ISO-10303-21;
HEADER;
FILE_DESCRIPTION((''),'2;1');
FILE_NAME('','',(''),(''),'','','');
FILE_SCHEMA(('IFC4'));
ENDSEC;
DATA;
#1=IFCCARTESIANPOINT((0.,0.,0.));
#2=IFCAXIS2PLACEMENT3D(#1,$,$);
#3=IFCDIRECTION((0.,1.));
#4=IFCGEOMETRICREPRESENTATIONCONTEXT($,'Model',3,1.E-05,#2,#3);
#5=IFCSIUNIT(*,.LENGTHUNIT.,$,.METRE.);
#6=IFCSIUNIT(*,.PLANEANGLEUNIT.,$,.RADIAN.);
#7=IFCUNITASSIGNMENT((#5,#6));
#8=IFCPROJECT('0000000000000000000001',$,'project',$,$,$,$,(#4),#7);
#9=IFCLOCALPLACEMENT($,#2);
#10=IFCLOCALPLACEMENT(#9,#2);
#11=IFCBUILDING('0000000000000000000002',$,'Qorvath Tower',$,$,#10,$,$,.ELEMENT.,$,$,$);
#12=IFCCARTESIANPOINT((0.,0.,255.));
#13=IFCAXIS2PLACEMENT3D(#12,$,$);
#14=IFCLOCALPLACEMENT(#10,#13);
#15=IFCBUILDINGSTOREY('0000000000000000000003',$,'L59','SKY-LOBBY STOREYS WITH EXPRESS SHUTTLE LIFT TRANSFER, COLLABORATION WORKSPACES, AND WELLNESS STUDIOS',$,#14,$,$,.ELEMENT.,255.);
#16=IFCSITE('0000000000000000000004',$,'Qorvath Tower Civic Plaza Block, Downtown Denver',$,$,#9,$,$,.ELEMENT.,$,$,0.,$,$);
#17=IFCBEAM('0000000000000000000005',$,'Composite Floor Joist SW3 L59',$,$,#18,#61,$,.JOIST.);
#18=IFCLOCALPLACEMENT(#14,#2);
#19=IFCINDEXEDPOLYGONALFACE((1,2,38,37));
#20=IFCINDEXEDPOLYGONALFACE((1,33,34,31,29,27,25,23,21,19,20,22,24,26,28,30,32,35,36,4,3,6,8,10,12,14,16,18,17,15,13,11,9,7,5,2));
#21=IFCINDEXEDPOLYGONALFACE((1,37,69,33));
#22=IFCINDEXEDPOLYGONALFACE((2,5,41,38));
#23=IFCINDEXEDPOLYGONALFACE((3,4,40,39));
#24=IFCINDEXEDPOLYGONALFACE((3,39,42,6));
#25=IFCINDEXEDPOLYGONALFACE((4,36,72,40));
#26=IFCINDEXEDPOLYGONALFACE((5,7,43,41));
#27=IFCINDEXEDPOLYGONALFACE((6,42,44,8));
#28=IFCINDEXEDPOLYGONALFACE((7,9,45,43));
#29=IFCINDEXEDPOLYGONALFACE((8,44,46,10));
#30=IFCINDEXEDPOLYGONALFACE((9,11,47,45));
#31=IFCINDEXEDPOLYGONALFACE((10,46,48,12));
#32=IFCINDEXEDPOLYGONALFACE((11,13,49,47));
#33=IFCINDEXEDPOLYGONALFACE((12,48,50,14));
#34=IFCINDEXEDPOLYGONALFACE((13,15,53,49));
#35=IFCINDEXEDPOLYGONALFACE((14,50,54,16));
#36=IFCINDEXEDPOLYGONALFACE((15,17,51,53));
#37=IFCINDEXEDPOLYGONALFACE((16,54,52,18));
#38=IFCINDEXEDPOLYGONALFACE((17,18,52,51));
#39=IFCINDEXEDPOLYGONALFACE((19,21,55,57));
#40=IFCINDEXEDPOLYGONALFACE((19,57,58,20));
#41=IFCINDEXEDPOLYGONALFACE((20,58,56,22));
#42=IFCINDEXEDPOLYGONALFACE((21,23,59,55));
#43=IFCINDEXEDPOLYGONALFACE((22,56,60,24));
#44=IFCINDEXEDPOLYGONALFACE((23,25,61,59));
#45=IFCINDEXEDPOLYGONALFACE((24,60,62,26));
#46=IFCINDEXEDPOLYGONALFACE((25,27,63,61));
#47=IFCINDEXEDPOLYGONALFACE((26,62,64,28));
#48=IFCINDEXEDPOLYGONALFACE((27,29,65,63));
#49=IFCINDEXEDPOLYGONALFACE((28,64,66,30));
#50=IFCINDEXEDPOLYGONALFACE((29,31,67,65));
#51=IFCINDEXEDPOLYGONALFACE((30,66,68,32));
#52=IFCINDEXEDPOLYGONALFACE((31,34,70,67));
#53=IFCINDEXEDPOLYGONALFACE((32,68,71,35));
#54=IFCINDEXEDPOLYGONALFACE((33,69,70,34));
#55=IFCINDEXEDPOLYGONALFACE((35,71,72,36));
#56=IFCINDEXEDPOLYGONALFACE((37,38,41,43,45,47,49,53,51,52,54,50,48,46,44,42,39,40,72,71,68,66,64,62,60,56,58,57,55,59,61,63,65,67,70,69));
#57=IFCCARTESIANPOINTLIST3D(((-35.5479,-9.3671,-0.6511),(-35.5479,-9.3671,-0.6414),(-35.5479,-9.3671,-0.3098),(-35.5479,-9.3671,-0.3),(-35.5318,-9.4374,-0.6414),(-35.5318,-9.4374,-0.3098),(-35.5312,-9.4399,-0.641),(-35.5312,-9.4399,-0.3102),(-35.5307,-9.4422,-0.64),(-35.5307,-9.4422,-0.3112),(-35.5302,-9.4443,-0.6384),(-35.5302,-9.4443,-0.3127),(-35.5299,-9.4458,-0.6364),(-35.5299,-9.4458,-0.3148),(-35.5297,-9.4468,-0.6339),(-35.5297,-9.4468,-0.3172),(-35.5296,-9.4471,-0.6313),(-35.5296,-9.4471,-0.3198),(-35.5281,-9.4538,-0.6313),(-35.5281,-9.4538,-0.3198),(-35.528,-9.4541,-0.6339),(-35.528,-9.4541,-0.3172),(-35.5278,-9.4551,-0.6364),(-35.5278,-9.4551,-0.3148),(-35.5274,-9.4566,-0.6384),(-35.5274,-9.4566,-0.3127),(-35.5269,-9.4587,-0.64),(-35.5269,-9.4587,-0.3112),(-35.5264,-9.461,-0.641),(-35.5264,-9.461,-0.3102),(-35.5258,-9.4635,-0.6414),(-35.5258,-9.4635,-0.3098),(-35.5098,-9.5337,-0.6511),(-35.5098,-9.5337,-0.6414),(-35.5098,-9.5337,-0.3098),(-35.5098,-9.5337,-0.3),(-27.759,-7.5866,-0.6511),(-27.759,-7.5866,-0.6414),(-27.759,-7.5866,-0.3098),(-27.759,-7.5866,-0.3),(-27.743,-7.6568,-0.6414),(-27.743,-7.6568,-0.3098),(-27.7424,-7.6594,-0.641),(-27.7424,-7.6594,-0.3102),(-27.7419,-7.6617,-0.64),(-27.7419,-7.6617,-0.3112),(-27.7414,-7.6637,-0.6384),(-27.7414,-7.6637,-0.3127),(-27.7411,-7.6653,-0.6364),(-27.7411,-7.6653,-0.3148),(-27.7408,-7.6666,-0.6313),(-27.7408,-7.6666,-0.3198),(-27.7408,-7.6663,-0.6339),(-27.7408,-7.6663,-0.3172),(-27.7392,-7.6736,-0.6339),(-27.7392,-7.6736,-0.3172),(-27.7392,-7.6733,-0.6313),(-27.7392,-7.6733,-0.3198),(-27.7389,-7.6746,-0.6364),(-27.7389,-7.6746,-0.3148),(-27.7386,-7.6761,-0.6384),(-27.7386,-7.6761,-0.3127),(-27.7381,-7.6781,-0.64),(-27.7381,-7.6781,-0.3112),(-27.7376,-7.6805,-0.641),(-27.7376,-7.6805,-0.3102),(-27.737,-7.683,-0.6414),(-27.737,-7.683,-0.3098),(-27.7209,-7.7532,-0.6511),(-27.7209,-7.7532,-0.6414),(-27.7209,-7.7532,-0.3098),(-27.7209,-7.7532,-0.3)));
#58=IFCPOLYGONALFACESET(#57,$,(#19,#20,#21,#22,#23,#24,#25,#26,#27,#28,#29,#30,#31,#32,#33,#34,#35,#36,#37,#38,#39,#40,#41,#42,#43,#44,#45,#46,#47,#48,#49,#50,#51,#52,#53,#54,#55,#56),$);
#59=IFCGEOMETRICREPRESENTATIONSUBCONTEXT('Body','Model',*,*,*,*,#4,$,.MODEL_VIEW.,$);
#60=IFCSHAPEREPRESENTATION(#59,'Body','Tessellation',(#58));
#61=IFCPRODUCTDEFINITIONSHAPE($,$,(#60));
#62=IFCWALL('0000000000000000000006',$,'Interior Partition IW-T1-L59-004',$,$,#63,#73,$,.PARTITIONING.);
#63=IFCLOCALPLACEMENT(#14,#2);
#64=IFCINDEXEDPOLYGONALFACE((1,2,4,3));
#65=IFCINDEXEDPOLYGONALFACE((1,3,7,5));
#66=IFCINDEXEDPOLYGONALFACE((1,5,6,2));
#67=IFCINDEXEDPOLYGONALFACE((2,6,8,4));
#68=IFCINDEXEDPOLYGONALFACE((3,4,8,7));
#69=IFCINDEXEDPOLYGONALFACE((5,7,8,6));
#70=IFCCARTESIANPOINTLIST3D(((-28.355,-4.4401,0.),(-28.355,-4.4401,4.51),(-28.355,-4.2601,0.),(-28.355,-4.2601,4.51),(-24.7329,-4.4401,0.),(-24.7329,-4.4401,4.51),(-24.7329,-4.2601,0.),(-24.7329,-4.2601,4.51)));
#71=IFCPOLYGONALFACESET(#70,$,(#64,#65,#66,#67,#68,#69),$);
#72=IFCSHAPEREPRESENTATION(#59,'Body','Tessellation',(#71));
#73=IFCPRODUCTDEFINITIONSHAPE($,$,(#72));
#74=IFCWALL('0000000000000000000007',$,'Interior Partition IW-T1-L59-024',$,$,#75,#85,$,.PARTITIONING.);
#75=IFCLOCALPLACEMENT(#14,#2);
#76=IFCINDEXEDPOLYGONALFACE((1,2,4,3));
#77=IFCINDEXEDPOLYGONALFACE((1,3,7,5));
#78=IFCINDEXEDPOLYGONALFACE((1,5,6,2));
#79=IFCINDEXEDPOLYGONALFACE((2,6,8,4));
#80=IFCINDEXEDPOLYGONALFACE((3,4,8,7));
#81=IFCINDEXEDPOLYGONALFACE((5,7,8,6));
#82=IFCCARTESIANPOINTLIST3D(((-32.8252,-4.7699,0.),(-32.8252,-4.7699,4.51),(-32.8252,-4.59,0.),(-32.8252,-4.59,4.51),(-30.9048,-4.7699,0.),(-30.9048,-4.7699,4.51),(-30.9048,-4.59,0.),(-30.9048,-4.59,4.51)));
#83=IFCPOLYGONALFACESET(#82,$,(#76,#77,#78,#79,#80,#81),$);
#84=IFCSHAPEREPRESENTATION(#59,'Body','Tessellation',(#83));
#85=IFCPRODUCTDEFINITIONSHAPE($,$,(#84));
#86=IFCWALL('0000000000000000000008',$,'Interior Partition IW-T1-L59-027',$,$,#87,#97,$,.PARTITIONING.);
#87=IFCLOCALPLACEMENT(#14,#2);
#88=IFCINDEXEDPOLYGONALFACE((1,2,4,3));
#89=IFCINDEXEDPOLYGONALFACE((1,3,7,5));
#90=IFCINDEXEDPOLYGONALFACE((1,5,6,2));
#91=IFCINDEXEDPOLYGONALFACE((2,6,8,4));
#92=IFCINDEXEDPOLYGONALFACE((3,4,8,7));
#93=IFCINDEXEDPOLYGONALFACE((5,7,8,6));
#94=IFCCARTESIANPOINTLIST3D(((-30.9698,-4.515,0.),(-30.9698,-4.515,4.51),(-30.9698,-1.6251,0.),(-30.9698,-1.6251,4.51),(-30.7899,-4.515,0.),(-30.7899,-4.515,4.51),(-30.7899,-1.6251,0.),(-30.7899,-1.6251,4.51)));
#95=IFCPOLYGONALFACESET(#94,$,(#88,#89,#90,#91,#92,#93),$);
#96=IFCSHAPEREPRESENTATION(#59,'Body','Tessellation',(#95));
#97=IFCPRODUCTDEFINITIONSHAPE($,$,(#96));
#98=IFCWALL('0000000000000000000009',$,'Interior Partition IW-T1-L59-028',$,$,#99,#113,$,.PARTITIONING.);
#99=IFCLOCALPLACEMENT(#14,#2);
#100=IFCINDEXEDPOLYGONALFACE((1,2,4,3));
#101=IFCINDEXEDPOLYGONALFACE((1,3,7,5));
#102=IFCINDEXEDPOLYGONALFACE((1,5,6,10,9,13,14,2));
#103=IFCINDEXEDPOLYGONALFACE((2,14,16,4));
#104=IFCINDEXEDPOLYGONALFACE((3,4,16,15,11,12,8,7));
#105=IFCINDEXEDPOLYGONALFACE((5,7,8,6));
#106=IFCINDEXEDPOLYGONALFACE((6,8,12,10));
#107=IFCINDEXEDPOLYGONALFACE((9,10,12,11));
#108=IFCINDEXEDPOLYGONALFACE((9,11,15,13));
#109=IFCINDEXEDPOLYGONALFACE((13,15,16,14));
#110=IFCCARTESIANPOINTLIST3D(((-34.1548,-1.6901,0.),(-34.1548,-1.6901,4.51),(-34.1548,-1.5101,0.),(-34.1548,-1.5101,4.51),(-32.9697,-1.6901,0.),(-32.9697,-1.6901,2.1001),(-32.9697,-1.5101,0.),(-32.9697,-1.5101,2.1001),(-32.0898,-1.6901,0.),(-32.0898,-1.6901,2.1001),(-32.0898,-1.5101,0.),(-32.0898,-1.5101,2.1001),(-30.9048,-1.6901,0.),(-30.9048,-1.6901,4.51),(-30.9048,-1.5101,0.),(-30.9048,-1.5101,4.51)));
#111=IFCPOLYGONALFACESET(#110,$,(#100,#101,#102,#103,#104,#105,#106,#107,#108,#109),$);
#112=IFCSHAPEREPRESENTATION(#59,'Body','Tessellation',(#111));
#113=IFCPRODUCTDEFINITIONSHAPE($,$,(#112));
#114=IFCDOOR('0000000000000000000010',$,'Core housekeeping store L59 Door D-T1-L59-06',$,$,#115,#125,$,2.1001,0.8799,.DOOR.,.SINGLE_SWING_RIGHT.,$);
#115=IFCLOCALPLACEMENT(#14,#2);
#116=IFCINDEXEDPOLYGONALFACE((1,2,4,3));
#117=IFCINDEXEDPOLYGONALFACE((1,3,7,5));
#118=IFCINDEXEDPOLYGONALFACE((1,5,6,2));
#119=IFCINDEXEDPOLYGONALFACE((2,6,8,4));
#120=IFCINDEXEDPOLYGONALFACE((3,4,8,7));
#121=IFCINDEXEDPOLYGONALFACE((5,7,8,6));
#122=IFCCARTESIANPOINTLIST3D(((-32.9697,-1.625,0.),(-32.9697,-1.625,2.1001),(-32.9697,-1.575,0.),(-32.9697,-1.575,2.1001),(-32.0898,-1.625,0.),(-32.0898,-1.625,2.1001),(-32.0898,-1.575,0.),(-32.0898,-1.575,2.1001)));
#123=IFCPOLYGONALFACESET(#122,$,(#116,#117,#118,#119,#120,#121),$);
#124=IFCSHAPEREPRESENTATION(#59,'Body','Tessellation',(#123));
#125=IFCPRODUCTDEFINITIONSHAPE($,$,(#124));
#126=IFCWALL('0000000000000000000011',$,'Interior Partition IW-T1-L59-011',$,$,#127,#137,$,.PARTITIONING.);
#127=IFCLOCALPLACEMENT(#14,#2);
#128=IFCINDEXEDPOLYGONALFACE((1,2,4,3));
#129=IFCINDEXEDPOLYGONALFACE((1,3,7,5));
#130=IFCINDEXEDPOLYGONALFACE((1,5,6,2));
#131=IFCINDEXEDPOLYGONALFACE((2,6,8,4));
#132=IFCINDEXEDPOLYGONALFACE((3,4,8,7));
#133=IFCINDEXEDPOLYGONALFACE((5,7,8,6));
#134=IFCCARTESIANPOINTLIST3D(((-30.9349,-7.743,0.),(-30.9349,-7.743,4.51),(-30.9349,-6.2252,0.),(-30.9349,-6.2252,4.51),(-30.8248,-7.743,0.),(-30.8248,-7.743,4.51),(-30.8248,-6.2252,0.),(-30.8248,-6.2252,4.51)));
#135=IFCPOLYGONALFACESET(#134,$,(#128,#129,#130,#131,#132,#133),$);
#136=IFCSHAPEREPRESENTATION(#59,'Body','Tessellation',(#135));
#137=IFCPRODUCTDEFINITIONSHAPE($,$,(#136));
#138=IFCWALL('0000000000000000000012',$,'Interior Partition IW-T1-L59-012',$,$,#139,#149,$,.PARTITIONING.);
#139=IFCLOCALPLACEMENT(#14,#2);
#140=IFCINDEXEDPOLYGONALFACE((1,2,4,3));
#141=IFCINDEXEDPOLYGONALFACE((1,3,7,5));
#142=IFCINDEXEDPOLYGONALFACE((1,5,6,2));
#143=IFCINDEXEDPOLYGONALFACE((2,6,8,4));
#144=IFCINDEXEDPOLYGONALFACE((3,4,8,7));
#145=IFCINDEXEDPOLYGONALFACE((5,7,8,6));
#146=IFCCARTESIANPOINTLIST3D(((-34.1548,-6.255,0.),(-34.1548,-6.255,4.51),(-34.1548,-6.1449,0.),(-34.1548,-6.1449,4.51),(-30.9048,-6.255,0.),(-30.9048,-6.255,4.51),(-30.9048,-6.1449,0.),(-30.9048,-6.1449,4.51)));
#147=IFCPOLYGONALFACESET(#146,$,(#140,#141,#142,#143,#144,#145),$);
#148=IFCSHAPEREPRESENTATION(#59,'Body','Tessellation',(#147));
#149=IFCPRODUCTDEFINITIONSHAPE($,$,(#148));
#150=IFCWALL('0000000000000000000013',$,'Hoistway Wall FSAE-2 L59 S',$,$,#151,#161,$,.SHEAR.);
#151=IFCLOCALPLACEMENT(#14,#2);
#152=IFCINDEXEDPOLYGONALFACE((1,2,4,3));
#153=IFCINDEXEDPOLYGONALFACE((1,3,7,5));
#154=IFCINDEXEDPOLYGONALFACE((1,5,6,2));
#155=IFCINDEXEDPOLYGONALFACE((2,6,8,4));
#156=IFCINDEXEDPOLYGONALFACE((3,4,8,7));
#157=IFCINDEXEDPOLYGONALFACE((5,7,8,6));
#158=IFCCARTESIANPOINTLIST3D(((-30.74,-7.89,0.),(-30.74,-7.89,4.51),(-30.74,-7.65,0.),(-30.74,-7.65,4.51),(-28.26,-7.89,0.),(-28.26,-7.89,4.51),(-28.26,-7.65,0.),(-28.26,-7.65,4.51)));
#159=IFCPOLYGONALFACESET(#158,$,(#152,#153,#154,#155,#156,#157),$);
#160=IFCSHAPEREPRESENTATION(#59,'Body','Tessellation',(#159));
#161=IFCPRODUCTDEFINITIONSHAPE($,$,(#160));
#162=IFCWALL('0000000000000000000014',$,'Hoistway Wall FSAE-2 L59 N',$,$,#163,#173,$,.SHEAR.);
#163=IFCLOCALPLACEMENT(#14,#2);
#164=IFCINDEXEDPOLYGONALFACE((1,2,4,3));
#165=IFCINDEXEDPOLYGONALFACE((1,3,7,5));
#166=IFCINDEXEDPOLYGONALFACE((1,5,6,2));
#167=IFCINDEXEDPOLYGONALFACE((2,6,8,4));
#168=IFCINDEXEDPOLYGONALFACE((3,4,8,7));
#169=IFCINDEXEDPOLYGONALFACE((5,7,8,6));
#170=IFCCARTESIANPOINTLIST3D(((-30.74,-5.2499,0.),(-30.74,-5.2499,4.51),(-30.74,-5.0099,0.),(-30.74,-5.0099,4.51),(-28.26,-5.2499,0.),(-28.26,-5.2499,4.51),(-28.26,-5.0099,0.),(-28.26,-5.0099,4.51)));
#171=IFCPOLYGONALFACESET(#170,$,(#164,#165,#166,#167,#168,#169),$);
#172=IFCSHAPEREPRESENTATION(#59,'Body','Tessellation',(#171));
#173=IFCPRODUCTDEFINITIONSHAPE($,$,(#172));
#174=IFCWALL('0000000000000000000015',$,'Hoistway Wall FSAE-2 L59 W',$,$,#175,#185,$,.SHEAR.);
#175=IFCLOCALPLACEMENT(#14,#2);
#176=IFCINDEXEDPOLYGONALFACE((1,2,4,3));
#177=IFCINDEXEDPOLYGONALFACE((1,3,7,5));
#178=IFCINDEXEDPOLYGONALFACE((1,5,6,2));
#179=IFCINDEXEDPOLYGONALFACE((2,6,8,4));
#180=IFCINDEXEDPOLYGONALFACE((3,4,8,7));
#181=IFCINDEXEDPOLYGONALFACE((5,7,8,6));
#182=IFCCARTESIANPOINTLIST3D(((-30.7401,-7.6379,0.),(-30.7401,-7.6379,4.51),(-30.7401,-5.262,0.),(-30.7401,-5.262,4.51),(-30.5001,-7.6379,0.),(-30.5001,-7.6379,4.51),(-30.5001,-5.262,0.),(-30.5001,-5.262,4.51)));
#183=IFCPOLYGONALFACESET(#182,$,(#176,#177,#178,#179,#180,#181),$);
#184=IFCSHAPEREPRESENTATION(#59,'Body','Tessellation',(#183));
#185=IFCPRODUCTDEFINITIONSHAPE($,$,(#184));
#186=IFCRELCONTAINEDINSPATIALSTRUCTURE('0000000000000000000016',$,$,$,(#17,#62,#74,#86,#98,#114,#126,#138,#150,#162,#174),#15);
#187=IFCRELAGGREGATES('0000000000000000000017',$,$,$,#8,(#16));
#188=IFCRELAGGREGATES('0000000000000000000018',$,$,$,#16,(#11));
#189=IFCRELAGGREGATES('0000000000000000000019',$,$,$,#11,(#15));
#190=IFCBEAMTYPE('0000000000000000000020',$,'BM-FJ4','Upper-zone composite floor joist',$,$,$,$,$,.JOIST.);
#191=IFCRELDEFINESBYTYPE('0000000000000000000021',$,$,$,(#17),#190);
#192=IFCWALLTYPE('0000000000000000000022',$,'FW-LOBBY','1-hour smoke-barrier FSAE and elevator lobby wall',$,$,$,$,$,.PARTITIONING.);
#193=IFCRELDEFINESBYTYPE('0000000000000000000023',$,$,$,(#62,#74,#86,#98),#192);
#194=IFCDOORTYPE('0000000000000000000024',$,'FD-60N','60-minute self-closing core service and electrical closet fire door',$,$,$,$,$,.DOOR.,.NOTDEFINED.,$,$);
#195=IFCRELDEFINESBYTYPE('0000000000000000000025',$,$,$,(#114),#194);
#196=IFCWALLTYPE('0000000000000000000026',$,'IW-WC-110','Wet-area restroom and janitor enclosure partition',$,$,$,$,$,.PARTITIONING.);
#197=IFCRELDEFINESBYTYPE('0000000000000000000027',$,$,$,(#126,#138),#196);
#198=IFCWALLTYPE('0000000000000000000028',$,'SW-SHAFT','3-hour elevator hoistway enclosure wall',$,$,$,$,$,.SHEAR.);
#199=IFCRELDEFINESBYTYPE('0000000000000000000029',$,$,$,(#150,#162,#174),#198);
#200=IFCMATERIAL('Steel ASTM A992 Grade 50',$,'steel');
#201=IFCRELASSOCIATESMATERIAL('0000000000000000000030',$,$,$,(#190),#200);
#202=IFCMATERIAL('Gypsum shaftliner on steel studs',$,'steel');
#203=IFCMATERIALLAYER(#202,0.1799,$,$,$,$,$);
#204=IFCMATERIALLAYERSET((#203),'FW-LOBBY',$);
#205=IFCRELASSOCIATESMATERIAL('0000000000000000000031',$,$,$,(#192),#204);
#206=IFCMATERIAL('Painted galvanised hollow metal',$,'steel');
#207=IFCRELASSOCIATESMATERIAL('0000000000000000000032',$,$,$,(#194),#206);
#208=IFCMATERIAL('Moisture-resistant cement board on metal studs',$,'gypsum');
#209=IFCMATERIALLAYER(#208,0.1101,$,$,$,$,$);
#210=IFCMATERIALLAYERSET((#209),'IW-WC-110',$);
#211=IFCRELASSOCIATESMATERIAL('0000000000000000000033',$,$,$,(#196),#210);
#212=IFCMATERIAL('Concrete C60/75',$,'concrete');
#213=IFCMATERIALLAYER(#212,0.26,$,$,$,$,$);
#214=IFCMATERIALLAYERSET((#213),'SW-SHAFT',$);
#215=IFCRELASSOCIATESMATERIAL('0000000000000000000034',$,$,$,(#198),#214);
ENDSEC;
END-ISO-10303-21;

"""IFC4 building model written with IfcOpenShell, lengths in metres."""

from ifc_helpers import new_model, si_unit, direction, frame, frame_2d, origin, origin_2d, place, context, subcontext, project, spatial, rectangle, i_section, extrude, material, layer, layer_set, material_profile, profile_set, type_object, element, fill, save


model = new_model("IFC4")

# Units and contexts
model_context = context("Model", 3, precision=1e-05, world=origin(), true_north=direction((0.0, 1.0)))
body_context = subcontext(model_context, "Body", "Model", "MODEL_VIEW")
ifc_project = project(units=[si_unit("LENGTHUNIT", "METRE"), si_unit("PLANEANGLEUNIT", "RADIAN")], contexts=[model_context])

# Site, building, storey
site_placement = place(None, origin())
site = spatial("IfcSite", under=ifc_project, at=site_placement, Name="Qorvath Tower Civic Plaza Block, Downtown Denver", CompositionType="ELEMENT", RefElevation=0.0)
building_placement = place(site_placement, origin())
building = spatial("IfcBuilding", under=site, at=building_placement, Name="Qorvath Tower", CompositionType="ELEMENT")
storey_placement = place(building_placement, frame((0.0, 0.0, 255.0)))
storey = spatial("IfcBuildingStorey", under=building, at=storey_placement, Name="L59", Description="SKY-LOBBY STOREYS WITH EXPRESS SHUTTLE LIFT TRANSFER, COLLABORATION WORKSPACES, AND WELLNESS STUDIOS", CompositionType="ELEMENT", Elevation=255.0)

# Beam
ifc_material_1 = material(Name="Steel ASTM A992 Grade 50", Category="steel")
ifc_material_profile_1 = material_profile(ifc_material_1, i_section(OverallWidth=0.1709, OverallDepth=0.3511, WebThickness=0.0068, FlangeThickness=0.0098, FilletRadius=0.01, at=origin_2d()), Name="W14x30")
ifc_profile_set_1 = profile_set([ifc_material_profile_1], Name="Steel ASTM A992 Grade 50")
beam_type_1 = type_object("IfcBeamType", Name="BM-FJ4", Description="Upper-zone composite floor joist", PredefinedType="JOIST", material=ifc_profile_set_1)
beam_1_placement = place(storey_placement, frame((-27.74, -7.6699, -0.4756), z_axis=(-0.974853, -0.222851, 0.0), x_axis=(0.222851, -0.974853, 0.0)))
element("IfcBeam", 1, at=beam_1_placement, inside=storey, type_object=beam_type_1, Name="Composite Floor Joist SW3 L59", PredefinedType="JOIST", context=body_context, shape_type="SweptSolid", body=[
    extrude(i_section(OverallWidth=0.1709, OverallDepth=0.3511, WebThickness=0.0068, FlangeThickness=0.0098, FilletRadius=0.01, at=origin_2d()), origin(), (0.0, 0.0, 1.0), 7.9897),
])

# Walls
ifc_material_2 = material(Name="Gypsum shaftliner on steel studs", Category="steel")
ifc_layer_1 = layer(ifc_material_2, 0.1799)
ifc_layer_set_1 = layer_set([ifc_layer_1], Name="FW-LOBBY")
wall_type_1 = type_object("IfcWallType", Name="FW-LOBBY", Description="1-hour smoke-barrier FSAE and elevator lobby wall", PredefinedType="PARTITIONING", material=ifc_layer_set_1)
wall_1_placement = place(storey_placement, frame((-24.7329, -4.3501, 0.0), z_axis=(0.0, 0.0, 1.0), x_axis=(-1.0, 0.0, 0.0)))
element("IfcWall", 2, at=wall_1_placement, inside=storey, type_object=wall_type_1, Name="Interior Partition IW-T1-L59-004", PredefinedType="PARTITIONING", context=body_context, shape_type="SweptSolid", body=[
    extrude(rectangle(XDim=3.6221, YDim=0.1799, at=frame_2d((1.811, 0.0))), origin(), (0.0, 0.0, 1.0), 4.51),
])
wall_2_placement = place(storey_placement, frame((-30.9048, -4.6799, 0.0), z_axis=(0.0, 0.0, 1.0), x_axis=(-1.0, 0.0, 0.0)))
element("IfcWall", 3, at=wall_2_placement, inside=storey, type_object=wall_type_1, Name="Interior Partition IW-T1-L59-024", PredefinedType="PARTITIONING", context=body_context, shape_type="SweptSolid", body=[
    extrude(rectangle(XDim=1.9204, YDim=0.1799, at=frame_2d((0.9602, 0.0))), origin(), (0.0, 0.0, 1.0), 4.51),
])
wall_3_placement = place(storey_placement, frame((-30.8799, -4.5149, 0.0), z_axis=(0.0, 0.0, 1.0), x_axis=(0.0, 1.0, 0.0)))
element("IfcWall", 4, at=wall_3_placement, inside=storey, type_object=wall_type_1, Name="Interior Partition IW-T1-L59-027", PredefinedType="PARTITIONING", context=body_context, shape_type="SweptSolid", body=[
    extrude(rectangle(XDim=2.8899, YDim=0.1799, at=frame_2d((1.4448, 0.0))), origin(), (0.0, 0.0, 1.0), 4.51),
])

# Wall, opening, door
wall_4_placement = place(storey_placement, frame((-30.9048, -1.6001, 0.0), z_axis=(0.0, 0.0, 1.0), x_axis=(-1.0, 0.0, 0.0)))
wall_4 = element("IfcWall", 5, at=wall_4_placement, inside=storey, type_object=wall_type_1, Name="Interior Partition IW-T1-L59-028", PredefinedType="PARTITIONING", context=body_context, shape_type="SweptSolid", body=[
    extrude(rectangle(XDim=3.25, YDim=0.1799, at=frame_2d((1.625, 0.0))), origin(), (0.0, 0.0, 1.0), 4.51),
])
opening_1_placement = place(wall_4_placement, frame((1.1851, 0.0, 0.0)))
opening_1 = element("IfcOpeningElement", 6, at=opening_1_placement, cuts=wall_4, PredefinedType="OPENING", context=body_context, shape_type="SweptSolid", body=[
    extrude(rectangle(XDim=0.8799, YDim=2.1001, at=frame_2d((0.4399, 1.05))), frame((0.0, 0.1001, 0.0), z_axis=(0.0, -1.0, 0.0), x_axis=(1.0, 0.0, 0.0)), (0.0, 0.0, 1.0), 0.2),
])
ifc_material_3 = material(Name="Painted galvanised hollow metal", Category="steel")
door_type_1 = type_object("IfcDoorType", Name="FD-60N", Description="60-minute self-closing core service and electrical closet fire door", OperationType="NOTDEFINED", PredefinedType="DOOR", material=ifc_material_3)
door_1_placement = place(opening_1_placement, origin())
door_1 = element("IfcDoor", 7, at=door_1_placement, inside=storey, type_object=door_type_1, Name="Core housekeeping store L59 Door D-T1-L59-06", OperationType="SINGLE_SWING_RIGHT", OverallHeight=2.1001, OverallWidth=0.8799, PredefinedType="DOOR", context=body_context, shape_type="SweptSolid", body=[
    extrude(rectangle(XDim=0.8799, YDim=2.1001, at=frame_2d((0.4399, 1.05))), frame((0.0, 0.0249, 0.0), z_axis=(0.0, -1.0, 0.0), x_axis=(1.0, 0.0, 0.0)), (0.0, 0.0, 1.0), 0.05),
])
fill(opening_1, door_1)

# Walls
ifc_material_4 = material(Name="Moisture-resistant cement board on metal studs", Category="gypsum")
ifc_layer_2 = layer(ifc_material_4, 0.1101)
ifc_layer_set_2 = layer_set([ifc_layer_2], Name="IW-WC-110")
wall_type_2 = type_object("IfcWallType", Name="IW-WC-110", Description="Wet-area restroom and janitor enclosure partition", PredefinedType="PARTITIONING", material=ifc_layer_set_2)
wall_5_placement = place(storey_placement, frame((-30.8799, -7.7429, 0.0), z_axis=(0.0, 0.0, 1.0), x_axis=(0.0, 1.0, 0.0)))
element("IfcWall", 8, at=wall_5_placement, inside=storey, type_object=wall_type_2, Name="Interior Partition IW-T1-L59-011", PredefinedType="PARTITIONING", context=body_context, shape_type="SweptSolid", body=[
    extrude(rectangle(XDim=1.5178, YDim=0.1101, at=frame_2d((0.7588, 0.0))), origin(), (0.0, 0.0, 1.0), 4.51),
])
wall_6_placement = place(storey_placement, frame((-30.9048, -6.2, 0.0), z_axis=(0.0, 0.0, 1.0), x_axis=(-1.0, 0.0, 0.0)))
element("IfcWall", 9, at=wall_6_placement, inside=storey, type_object=wall_type_2, Name="Interior Partition IW-T1-L59-012", PredefinedType="PARTITIONING", context=body_context, shape_type="SweptSolid", body=[
    extrude(rectangle(XDim=3.25, YDim=0.1101, at=frame_2d((1.625, 0.0))), origin(), (0.0, 0.0, 1.0), 4.51),
])
ifc_material_5 = material(Name="Concrete C60/75", Category="concrete")
ifc_layer_3 = layer(ifc_material_5, 0.26)
ifc_layer_set_3 = layer_set([ifc_layer_3], Name="SW-SHAFT")
wall_type_3 = type_object("IfcWallType", Name="SW-SHAFT", Description="3-hour elevator hoistway enclosure wall", PredefinedType="SHEAR", material=ifc_layer_set_3)
for number, where, z_axis, x_axis, name in (
    (10, (-28.26, -7.77, 0.0), (0.0, 0.0, 1.0), (-1.0, 0.0, 0.0), "Hoistway Wall FSAE-2 L59 S"),
    (11, (-30.74, -5.1299, 0.0), (0.0, 0.0, 1.0), (1.0, 0.0, 0.0), "Hoistway Wall FSAE-2 L59 N"),
):
    element("IfcWall", number, at=place(storey_placement, frame(where, z_axis=z_axis, x_axis=x_axis)), inside=storey, type_object=wall_type_3, Name=name, PredefinedType="SHEAR", context=body_context, shape_type="SweptSolid", body=[
        extrude(rectangle(XDim=2.48, YDim=0.24, at=frame_2d((1.24, 0.0))), origin(), (0.0, 0.0, 1.0), 4.51),
    ])
wall_7_placement = place(storey_placement, frame((-30.6201, -7.6379, 0.0), z_axis=(0.0, 0.0, 1.0), x_axis=(0.0, 1.0, 0.0)))
element("IfcWall", 12, at=wall_7_placement, inside=storey, type_object=wall_type_3, Name="Hoistway Wall FSAE-2 L59 W", PredefinedType="SHEAR", context=body_context, shape_type="SweptSolid", body=[
    extrude(rectangle(XDim=2.376, YDim=0.24, at=frame_2d((1.188, 0.0))), origin(), (0.0, 0.0, 1.0), 4.51),
])

save(model, "model.ifc")
